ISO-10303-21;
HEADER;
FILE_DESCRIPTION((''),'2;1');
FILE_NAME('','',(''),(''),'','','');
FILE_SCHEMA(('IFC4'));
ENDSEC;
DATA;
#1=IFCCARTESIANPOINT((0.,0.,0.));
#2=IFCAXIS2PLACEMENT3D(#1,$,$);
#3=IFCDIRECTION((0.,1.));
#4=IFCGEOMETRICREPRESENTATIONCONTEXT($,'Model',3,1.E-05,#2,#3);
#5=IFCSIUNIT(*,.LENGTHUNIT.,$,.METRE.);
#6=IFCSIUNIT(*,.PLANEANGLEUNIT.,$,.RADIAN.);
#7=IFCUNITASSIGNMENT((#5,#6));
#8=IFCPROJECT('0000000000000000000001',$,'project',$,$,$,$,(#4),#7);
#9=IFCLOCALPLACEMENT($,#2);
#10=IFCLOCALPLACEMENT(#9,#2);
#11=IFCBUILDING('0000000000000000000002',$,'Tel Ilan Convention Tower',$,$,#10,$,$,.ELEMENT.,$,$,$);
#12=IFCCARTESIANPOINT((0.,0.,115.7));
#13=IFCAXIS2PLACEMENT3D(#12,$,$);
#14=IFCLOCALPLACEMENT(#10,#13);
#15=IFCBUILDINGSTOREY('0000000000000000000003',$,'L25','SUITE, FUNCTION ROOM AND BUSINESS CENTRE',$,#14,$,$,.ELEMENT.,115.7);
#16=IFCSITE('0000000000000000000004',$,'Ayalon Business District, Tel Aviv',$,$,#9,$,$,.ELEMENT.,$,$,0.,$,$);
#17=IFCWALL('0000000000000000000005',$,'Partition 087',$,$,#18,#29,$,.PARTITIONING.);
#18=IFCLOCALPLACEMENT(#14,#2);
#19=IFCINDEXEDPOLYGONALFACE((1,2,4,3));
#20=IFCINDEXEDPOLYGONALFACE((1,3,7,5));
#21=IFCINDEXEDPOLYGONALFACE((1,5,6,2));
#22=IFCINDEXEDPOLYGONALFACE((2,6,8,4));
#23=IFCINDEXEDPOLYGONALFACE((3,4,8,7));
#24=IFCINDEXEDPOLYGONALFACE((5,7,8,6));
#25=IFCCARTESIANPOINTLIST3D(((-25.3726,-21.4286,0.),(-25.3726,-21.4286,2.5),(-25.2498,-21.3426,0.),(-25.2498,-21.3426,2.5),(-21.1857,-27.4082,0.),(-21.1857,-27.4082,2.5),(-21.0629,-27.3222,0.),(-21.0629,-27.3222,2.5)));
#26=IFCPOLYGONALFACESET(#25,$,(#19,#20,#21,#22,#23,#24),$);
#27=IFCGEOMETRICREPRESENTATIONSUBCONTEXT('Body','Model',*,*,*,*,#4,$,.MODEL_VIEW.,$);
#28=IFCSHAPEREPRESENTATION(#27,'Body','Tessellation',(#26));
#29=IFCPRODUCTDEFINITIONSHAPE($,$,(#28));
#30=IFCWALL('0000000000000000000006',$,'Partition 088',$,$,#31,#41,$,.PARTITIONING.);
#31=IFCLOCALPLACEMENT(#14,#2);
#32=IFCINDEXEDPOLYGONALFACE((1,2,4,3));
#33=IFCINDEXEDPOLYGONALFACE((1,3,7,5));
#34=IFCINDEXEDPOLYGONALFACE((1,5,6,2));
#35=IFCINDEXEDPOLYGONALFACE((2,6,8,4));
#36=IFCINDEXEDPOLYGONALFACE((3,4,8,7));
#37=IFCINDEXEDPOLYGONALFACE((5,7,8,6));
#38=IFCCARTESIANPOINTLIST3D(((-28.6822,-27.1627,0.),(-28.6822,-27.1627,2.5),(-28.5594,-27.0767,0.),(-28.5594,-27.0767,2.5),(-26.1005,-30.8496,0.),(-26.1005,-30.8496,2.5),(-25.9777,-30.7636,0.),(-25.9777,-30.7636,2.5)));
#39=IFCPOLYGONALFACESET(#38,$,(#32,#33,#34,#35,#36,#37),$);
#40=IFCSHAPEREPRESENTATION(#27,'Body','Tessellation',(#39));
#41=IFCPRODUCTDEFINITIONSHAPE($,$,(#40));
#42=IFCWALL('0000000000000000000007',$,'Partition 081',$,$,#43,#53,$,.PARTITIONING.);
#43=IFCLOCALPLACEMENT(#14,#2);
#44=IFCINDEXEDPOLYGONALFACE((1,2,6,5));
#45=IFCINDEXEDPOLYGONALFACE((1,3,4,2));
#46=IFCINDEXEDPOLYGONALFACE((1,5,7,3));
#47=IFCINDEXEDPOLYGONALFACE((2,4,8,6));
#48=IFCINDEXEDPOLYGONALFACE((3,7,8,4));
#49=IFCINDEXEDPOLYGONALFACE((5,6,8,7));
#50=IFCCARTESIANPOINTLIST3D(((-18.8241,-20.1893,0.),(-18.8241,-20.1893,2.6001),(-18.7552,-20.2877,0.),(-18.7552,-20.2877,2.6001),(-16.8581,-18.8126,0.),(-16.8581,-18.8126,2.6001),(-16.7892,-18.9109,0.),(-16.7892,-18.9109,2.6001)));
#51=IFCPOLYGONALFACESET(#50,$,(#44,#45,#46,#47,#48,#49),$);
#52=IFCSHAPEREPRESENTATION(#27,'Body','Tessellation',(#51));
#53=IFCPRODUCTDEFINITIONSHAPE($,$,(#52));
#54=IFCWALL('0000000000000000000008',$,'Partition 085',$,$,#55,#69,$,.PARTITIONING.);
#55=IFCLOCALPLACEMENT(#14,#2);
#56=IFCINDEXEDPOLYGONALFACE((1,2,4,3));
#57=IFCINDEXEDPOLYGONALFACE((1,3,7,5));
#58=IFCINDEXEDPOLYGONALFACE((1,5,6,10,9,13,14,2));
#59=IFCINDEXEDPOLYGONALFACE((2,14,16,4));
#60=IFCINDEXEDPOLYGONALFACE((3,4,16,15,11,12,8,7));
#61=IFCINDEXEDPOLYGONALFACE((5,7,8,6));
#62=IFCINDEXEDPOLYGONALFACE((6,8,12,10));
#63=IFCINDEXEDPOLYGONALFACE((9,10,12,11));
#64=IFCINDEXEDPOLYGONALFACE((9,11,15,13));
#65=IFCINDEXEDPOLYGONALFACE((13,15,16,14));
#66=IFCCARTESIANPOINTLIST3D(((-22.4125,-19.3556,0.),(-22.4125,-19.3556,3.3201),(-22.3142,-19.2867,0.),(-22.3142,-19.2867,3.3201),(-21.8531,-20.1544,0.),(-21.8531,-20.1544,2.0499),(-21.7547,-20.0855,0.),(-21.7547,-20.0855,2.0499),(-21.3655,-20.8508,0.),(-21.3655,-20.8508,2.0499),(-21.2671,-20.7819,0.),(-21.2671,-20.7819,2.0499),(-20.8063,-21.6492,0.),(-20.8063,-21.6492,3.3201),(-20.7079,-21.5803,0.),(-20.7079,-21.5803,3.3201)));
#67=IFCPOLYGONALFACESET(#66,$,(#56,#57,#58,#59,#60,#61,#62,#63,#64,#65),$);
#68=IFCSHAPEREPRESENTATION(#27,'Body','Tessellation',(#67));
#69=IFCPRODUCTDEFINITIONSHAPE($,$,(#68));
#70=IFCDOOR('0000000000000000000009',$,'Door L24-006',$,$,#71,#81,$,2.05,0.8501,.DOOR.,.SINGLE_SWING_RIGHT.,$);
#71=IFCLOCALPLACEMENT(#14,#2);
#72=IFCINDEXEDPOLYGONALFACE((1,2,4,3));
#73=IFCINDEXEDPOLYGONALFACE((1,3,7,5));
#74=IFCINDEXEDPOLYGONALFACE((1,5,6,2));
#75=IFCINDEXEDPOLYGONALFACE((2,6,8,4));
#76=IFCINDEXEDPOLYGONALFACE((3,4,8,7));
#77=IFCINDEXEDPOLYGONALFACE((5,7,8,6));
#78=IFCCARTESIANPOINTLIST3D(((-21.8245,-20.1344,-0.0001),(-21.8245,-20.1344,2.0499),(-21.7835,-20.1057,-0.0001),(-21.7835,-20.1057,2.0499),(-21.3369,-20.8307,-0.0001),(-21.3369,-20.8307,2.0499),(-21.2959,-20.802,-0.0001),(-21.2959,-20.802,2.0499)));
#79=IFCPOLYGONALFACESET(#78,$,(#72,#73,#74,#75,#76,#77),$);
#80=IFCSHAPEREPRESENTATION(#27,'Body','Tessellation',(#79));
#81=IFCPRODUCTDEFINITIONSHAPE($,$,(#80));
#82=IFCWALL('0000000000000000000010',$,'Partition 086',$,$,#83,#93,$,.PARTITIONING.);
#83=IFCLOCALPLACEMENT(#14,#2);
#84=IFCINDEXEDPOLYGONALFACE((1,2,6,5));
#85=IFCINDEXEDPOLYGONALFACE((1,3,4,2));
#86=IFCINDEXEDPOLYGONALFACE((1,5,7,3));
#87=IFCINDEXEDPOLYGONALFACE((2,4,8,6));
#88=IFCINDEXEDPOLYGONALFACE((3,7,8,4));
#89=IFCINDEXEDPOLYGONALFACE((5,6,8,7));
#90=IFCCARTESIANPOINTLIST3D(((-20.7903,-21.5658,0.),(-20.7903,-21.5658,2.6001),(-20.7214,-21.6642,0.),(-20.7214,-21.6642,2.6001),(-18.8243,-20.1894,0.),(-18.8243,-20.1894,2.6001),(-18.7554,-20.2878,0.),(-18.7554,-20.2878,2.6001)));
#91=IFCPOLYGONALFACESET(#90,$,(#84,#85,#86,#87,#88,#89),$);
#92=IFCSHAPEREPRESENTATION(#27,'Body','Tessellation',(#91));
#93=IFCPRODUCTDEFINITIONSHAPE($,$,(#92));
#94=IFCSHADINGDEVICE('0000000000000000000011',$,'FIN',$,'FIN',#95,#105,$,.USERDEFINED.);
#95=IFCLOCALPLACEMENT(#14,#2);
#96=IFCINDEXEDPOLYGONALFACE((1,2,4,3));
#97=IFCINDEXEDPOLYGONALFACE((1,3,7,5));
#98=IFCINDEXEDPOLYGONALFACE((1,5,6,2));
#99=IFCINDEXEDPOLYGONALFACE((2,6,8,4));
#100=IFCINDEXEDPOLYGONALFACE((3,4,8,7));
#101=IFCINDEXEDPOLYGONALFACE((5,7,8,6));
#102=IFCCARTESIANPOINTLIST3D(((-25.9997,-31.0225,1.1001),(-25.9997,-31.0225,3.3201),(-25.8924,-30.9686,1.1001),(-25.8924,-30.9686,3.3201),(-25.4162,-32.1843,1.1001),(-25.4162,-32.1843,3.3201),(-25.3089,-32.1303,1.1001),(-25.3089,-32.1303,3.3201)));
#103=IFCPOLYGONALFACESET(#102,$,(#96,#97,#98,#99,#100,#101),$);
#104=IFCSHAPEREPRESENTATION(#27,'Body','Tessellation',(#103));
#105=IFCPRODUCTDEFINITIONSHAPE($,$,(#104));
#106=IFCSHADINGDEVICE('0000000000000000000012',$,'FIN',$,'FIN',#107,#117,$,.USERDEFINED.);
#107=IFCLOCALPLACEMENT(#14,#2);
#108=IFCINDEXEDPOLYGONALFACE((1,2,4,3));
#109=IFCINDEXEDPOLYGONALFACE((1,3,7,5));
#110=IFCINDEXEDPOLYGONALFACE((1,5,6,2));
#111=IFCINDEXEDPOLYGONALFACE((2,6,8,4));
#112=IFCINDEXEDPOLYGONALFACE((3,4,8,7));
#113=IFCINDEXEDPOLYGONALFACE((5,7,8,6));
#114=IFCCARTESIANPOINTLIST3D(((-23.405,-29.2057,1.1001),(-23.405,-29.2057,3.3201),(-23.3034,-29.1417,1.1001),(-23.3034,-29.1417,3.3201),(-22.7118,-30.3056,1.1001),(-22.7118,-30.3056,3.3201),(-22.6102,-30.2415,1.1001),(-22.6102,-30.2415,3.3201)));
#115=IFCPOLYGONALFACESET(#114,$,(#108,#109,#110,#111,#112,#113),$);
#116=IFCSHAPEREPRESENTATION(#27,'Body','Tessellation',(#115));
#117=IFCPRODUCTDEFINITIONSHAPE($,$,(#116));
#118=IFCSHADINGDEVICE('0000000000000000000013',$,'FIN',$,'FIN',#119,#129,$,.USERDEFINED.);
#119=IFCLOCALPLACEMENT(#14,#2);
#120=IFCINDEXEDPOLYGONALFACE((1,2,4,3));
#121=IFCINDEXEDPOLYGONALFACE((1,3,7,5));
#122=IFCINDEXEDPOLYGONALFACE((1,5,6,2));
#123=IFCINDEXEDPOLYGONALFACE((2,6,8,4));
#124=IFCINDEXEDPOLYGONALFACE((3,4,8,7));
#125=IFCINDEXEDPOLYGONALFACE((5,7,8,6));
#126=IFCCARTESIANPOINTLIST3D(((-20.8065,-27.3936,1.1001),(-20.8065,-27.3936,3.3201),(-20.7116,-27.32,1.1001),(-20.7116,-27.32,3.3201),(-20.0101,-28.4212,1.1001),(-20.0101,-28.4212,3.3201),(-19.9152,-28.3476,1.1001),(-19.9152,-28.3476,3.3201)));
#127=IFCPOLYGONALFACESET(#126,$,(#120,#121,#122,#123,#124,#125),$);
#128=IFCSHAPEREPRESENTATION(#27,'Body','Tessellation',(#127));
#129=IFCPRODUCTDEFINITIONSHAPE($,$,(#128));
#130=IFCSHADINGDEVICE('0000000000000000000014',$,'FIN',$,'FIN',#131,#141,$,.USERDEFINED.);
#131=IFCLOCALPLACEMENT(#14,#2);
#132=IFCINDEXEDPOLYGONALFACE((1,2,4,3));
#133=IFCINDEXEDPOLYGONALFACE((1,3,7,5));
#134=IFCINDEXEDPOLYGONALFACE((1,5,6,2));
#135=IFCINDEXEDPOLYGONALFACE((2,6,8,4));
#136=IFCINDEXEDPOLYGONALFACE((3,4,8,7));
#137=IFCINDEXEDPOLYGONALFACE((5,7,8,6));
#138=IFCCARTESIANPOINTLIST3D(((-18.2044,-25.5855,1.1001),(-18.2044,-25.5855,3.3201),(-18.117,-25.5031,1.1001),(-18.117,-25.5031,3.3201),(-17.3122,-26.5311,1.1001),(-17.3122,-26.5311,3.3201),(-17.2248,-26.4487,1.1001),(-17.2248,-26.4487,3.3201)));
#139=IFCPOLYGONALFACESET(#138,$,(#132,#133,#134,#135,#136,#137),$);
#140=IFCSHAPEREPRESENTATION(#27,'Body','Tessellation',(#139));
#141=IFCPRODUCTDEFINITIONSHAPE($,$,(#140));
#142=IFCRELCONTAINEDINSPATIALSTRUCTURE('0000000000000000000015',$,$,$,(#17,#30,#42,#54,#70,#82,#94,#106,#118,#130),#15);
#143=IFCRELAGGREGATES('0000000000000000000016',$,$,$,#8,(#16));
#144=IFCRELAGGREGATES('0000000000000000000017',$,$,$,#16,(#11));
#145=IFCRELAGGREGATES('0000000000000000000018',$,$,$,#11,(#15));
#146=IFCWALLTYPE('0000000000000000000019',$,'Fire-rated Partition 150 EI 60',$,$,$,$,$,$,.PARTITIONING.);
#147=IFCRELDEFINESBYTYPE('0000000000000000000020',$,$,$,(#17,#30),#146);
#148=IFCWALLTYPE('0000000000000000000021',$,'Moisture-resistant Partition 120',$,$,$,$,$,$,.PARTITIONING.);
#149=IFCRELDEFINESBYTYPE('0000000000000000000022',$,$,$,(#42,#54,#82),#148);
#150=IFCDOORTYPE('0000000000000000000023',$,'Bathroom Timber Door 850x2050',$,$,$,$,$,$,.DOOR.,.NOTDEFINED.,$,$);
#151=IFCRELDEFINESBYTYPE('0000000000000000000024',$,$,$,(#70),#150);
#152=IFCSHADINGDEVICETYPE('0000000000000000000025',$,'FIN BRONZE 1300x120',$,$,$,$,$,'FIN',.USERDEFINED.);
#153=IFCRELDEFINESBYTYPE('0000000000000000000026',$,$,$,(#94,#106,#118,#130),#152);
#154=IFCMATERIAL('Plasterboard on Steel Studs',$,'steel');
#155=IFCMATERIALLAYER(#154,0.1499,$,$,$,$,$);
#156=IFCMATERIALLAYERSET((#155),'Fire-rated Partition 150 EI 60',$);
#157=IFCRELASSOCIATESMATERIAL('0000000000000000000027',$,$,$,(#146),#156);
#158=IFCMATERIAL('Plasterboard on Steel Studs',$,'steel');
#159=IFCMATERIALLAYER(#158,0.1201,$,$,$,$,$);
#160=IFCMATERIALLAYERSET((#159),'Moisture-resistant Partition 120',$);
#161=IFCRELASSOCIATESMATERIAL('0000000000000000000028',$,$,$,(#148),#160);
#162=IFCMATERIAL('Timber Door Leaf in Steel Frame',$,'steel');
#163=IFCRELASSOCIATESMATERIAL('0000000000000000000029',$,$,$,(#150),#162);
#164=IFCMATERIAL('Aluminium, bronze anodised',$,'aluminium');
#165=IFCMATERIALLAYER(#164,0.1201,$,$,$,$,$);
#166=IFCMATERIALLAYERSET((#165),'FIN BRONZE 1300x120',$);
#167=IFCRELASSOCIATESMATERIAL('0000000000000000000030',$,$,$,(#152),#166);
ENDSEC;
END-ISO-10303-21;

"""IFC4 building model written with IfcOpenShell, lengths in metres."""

from ifc_helpers import new_model, si_unit, direction, frame, frame_2d, origin, origin_2d, place, context, subcontext, project, spatial, rectangle, extrude, material, layer, layer_set, type_object, element, fill, save


model = new_model("IFC4")

# Units and contexts
model_context = context("Model", 3, precision=1e-05, world=origin(), true_north=direction((0.0, 1.0)))
body_context = subcontext(model_context, "Body", "Model", "MODEL_VIEW")
ifc_project = project(units=[si_unit("LENGTHUNIT", "METRE"), si_unit("PLANEANGLEUNIT", "RADIAN")], contexts=[model_context])

# Site, building, storey
site_placement = place(None, origin())
site = spatial("IfcSite", under=ifc_project, at=site_placement, Name="Ayalon Business District, Tel Aviv", CompositionType="ELEMENT", RefElevation=0.0)
building_placement = place(site_placement, origin())
building = spatial("IfcBuilding", under=site, at=building_placement, Name="Tel Ilan Convention Tower", CompositionType="ELEMENT")
storey_placement = place(building_placement, frame((0.0, 0.0, 115.7)))
storey = spatial("IfcBuildingStorey", under=building, at=storey_placement, Name="L25", Description="SUITE, FUNCTION ROOM AND BUSINESS CENTRE", CompositionType="ELEMENT", Elevation=115.7)

# Shared definitions
ifc_material_1 = material(Name="Plasterboard on Steel Studs", Category="steel")
ifc_layer_1 = layer(ifc_material_1, 0.1499)
ifc_layer_set_1 = layer_set([ifc_layer_1], Name="Fire-rated Partition 150 EI 60")
wall_type_1 = type_object("IfcWallType", Name="Fire-rated Partition 150 EI 60", PredefinedType="PARTITIONING", material=ifc_layer_set_1)

# Walls
wall_1_placement = place(storey_placement, frame((-21.1243, -27.3652, 0.0), z_axis=(0.0, 0.0, 1.0), x_axis=(-0.573572, 0.819155, 0.0)))
element("IfcWall", 1, at=wall_1_placement, inside=storey, type_object=wall_type_1, Name="Partition 087", PredefinedType="PARTITIONING", context=body_context, shape_type="SweptSolid", body=[
    extrude(rectangle(XDim=7.2998, YDim=0.1499, at=frame_2d((3.6499, 0.0))), origin(), (0.0, 0.0, 1.0), 2.5),
])
wall_2_placement = place(storey_placement, frame((-26.0391, -30.8066, 0.0), z_axis=(0.0, 0.0, 1.0), x_axis=(-0.573593, 0.81914, 0.0)))
element("IfcWall", 2, at=wall_2_placement, inside=storey, type_object=wall_type_1, Name="Partition 088", PredefinedType="PARTITIONING", context=body_context, shape_type="SweptSolid", body=[
    extrude(rectangle(XDim=4.501, YDim=0.1499, at=frame_2d((2.2505, 0.0))), origin(), (0.0, 0.0, 1.0), 2.5),
])
ifc_material_2 = material(Name="Plasterboard on Steel Studs", Category="steel")
ifc_layer_2 = layer(ifc_material_2, 0.1201)
ifc_layer_set_2 = layer_set([ifc_layer_2], Name="Moisture-resistant Partition 120")
wall_type_2 = type_object("IfcWallType", Name="Moisture-resistant Partition 120", PredefinedType="PARTITIONING", material=ifc_layer_set_2)
wall_3_placement = place(storey_placement, frame((-18.7898, -20.2385, 0.0), z_axis=(0.0, 0.0, 1.0), x_axis=(0.819141, 0.573592, 0.0)))
element("IfcWall", 3, at=wall_3_placement, inside=storey, type_object=wall_type_2, Name="Partition 081", PredefinedType="PARTITIONING", context=body_context, shape_type="SweptSolid", body=[
    extrude(rectangle(XDim=2.4001, YDim=0.1201, at=frame_2d((1.2002, 0.0))), origin(), (0.0, 0.0, 1.0), 2.6001),
])

# Wall, opening, door
wall_4_placement = place(storey_placement, frame((-22.3633, -19.3213, 0.0), z_axis=(0.0, 0.0, 1.0), x_axis=(0.57365, -0.819101, 0.0)))
wall_4 = element("IfcWall", 4, at=wall_4_placement, inside=storey, type_object=wall_type_2, Name="Partition 085", PredefinedType="PARTITIONING", context=body_context, shape_type="SweptSolid", body=[
    extrude(rectangle(XDim=2.8, YDim=0.1201, at=frame_2d((1.3999, 0.0))), origin(), (0.0, 0.0, 1.0), 3.3201),
])
opening_1_placement = place(wall_4_placement, frame((0.9751, 0.0, 0.0)))
opening_1 = element("IfcOpeningElement", 5, at=opening_1_placement, cuts=wall_4, PredefinedType="OPENING", context=body_context, shape_type="SweptSolid", body=[
    extrude(rectangle(XDim=0.8501, YDim=2.05, at=frame_2d((0.425, 1.0249))), frame((0.0, 0.0701, 0.0), z_axis=(0.0, -1.0, 0.0), x_axis=(1.0, 0.0, 0.0)), (0.0, 0.0, 1.0), 0.1401),
])
ifc_material_3 = material(Name="Timber Door Leaf in Steel Frame", Category="steel")
door_type_1 = type_object("IfcDoorType", Name="Bathroom Timber Door 850x2050", OperationType="NOTDEFINED", PredefinedType="DOOR", material=ifc_material_3)
door_1_placement = place(opening_1_placement, origin())
door_1 = element("IfcDoor", 6, at=door_1_placement, inside=storey, type_object=door_type_1, Name="Door L24-006", OperationType="SINGLE_SWING_RIGHT", OverallHeight=2.05, OverallWidth=0.8501, PredefinedType="DOOR", context=body_context, shape_type="SweptSolid", body=[
    extrude(rectangle(XDim=0.8501, YDim=2.05, at=frame_2d((0.425, 1.0249))), frame((0.0, 0.0249, 0.0), z_axis=(0.0, -1.0, 0.0), x_axis=(1.0, 0.0, 0.0)), (0.0, 0.0, 1.0), 0.05),
])
fill(opening_1, door_1)

# Wall
wall_5_placement = place(storey_placement, frame((-20.7559, -21.615, 0.0), z_axis=(0.0, 0.0, 1.0), x_axis=(0.819189, 0.573524, 0.0)))
element("IfcWall", 7, at=wall_5_placement, inside=storey, type_object=wall_type_2, Name="Partition 086", PredefinedType="PARTITIONING", context=body_context, shape_type="SweptSolid", body=[
    extrude(rectangle(XDim=2.3999, YDim=0.1201, at=frame_2d((1.2, 0.0))), origin(), (0.0, 0.0, 1.0), 2.6001),
])

# Shading devices
ifc_material_4 = material(Name="Aluminium, bronze anodised", Category="aluminium")
ifc_layer_3 = layer(ifc_material_4, 0.1201)
ifc_layer_set_3 = layer_set([ifc_layer_3], Name="FIN BRONZE 1300x120")
shading_device_type = type_object("IfcShadingDeviceType", Name="FIN BRONZE 1300x120", ElementType="FIN", PredefinedType="USERDEFINED", material=ifc_layer_set_3)
for number, where, z_axis, x_axis, name in (
    (8, (-25.6543, -31.5764, 1.1001), (0.0, 0.0, 1.0), (0.448799, -0.893633, 0.0), "FIN"),
    (9, (-23.0076, -29.7236, 1.1001), (0.0, 0.0, 1.0), (0.533204, -0.845986, 0.0), "FIN"),
    (10, (-20.3608, -27.8706, 1.1001), (0.0, 0.0, 1.0), (0.612601, -0.790393, 0.0), "FIN"),
    (11, (-17.7146, -26.0171, 1.1001), (0.0, 0.0, 1.0), (0.686242, -0.727374, 0.0), "FIN"),
):
    element("IfcShadingDevice", number, at=place(storey_placement, frame(where, z_axis=z_axis, x_axis=x_axis)), inside=storey, type_object=shading_device_type, Name=name, ObjectType="FIN", PredefinedType="USERDEFINED", context=body_context, shape_type="SweptSolid", body=[
        extrude(rectangle(XDim=1.3, YDim=0.1201, at=origin_2d()), origin(), (0.0, 0.0, 1.0), 2.22),
    ])

save(model, "model.ifc")
